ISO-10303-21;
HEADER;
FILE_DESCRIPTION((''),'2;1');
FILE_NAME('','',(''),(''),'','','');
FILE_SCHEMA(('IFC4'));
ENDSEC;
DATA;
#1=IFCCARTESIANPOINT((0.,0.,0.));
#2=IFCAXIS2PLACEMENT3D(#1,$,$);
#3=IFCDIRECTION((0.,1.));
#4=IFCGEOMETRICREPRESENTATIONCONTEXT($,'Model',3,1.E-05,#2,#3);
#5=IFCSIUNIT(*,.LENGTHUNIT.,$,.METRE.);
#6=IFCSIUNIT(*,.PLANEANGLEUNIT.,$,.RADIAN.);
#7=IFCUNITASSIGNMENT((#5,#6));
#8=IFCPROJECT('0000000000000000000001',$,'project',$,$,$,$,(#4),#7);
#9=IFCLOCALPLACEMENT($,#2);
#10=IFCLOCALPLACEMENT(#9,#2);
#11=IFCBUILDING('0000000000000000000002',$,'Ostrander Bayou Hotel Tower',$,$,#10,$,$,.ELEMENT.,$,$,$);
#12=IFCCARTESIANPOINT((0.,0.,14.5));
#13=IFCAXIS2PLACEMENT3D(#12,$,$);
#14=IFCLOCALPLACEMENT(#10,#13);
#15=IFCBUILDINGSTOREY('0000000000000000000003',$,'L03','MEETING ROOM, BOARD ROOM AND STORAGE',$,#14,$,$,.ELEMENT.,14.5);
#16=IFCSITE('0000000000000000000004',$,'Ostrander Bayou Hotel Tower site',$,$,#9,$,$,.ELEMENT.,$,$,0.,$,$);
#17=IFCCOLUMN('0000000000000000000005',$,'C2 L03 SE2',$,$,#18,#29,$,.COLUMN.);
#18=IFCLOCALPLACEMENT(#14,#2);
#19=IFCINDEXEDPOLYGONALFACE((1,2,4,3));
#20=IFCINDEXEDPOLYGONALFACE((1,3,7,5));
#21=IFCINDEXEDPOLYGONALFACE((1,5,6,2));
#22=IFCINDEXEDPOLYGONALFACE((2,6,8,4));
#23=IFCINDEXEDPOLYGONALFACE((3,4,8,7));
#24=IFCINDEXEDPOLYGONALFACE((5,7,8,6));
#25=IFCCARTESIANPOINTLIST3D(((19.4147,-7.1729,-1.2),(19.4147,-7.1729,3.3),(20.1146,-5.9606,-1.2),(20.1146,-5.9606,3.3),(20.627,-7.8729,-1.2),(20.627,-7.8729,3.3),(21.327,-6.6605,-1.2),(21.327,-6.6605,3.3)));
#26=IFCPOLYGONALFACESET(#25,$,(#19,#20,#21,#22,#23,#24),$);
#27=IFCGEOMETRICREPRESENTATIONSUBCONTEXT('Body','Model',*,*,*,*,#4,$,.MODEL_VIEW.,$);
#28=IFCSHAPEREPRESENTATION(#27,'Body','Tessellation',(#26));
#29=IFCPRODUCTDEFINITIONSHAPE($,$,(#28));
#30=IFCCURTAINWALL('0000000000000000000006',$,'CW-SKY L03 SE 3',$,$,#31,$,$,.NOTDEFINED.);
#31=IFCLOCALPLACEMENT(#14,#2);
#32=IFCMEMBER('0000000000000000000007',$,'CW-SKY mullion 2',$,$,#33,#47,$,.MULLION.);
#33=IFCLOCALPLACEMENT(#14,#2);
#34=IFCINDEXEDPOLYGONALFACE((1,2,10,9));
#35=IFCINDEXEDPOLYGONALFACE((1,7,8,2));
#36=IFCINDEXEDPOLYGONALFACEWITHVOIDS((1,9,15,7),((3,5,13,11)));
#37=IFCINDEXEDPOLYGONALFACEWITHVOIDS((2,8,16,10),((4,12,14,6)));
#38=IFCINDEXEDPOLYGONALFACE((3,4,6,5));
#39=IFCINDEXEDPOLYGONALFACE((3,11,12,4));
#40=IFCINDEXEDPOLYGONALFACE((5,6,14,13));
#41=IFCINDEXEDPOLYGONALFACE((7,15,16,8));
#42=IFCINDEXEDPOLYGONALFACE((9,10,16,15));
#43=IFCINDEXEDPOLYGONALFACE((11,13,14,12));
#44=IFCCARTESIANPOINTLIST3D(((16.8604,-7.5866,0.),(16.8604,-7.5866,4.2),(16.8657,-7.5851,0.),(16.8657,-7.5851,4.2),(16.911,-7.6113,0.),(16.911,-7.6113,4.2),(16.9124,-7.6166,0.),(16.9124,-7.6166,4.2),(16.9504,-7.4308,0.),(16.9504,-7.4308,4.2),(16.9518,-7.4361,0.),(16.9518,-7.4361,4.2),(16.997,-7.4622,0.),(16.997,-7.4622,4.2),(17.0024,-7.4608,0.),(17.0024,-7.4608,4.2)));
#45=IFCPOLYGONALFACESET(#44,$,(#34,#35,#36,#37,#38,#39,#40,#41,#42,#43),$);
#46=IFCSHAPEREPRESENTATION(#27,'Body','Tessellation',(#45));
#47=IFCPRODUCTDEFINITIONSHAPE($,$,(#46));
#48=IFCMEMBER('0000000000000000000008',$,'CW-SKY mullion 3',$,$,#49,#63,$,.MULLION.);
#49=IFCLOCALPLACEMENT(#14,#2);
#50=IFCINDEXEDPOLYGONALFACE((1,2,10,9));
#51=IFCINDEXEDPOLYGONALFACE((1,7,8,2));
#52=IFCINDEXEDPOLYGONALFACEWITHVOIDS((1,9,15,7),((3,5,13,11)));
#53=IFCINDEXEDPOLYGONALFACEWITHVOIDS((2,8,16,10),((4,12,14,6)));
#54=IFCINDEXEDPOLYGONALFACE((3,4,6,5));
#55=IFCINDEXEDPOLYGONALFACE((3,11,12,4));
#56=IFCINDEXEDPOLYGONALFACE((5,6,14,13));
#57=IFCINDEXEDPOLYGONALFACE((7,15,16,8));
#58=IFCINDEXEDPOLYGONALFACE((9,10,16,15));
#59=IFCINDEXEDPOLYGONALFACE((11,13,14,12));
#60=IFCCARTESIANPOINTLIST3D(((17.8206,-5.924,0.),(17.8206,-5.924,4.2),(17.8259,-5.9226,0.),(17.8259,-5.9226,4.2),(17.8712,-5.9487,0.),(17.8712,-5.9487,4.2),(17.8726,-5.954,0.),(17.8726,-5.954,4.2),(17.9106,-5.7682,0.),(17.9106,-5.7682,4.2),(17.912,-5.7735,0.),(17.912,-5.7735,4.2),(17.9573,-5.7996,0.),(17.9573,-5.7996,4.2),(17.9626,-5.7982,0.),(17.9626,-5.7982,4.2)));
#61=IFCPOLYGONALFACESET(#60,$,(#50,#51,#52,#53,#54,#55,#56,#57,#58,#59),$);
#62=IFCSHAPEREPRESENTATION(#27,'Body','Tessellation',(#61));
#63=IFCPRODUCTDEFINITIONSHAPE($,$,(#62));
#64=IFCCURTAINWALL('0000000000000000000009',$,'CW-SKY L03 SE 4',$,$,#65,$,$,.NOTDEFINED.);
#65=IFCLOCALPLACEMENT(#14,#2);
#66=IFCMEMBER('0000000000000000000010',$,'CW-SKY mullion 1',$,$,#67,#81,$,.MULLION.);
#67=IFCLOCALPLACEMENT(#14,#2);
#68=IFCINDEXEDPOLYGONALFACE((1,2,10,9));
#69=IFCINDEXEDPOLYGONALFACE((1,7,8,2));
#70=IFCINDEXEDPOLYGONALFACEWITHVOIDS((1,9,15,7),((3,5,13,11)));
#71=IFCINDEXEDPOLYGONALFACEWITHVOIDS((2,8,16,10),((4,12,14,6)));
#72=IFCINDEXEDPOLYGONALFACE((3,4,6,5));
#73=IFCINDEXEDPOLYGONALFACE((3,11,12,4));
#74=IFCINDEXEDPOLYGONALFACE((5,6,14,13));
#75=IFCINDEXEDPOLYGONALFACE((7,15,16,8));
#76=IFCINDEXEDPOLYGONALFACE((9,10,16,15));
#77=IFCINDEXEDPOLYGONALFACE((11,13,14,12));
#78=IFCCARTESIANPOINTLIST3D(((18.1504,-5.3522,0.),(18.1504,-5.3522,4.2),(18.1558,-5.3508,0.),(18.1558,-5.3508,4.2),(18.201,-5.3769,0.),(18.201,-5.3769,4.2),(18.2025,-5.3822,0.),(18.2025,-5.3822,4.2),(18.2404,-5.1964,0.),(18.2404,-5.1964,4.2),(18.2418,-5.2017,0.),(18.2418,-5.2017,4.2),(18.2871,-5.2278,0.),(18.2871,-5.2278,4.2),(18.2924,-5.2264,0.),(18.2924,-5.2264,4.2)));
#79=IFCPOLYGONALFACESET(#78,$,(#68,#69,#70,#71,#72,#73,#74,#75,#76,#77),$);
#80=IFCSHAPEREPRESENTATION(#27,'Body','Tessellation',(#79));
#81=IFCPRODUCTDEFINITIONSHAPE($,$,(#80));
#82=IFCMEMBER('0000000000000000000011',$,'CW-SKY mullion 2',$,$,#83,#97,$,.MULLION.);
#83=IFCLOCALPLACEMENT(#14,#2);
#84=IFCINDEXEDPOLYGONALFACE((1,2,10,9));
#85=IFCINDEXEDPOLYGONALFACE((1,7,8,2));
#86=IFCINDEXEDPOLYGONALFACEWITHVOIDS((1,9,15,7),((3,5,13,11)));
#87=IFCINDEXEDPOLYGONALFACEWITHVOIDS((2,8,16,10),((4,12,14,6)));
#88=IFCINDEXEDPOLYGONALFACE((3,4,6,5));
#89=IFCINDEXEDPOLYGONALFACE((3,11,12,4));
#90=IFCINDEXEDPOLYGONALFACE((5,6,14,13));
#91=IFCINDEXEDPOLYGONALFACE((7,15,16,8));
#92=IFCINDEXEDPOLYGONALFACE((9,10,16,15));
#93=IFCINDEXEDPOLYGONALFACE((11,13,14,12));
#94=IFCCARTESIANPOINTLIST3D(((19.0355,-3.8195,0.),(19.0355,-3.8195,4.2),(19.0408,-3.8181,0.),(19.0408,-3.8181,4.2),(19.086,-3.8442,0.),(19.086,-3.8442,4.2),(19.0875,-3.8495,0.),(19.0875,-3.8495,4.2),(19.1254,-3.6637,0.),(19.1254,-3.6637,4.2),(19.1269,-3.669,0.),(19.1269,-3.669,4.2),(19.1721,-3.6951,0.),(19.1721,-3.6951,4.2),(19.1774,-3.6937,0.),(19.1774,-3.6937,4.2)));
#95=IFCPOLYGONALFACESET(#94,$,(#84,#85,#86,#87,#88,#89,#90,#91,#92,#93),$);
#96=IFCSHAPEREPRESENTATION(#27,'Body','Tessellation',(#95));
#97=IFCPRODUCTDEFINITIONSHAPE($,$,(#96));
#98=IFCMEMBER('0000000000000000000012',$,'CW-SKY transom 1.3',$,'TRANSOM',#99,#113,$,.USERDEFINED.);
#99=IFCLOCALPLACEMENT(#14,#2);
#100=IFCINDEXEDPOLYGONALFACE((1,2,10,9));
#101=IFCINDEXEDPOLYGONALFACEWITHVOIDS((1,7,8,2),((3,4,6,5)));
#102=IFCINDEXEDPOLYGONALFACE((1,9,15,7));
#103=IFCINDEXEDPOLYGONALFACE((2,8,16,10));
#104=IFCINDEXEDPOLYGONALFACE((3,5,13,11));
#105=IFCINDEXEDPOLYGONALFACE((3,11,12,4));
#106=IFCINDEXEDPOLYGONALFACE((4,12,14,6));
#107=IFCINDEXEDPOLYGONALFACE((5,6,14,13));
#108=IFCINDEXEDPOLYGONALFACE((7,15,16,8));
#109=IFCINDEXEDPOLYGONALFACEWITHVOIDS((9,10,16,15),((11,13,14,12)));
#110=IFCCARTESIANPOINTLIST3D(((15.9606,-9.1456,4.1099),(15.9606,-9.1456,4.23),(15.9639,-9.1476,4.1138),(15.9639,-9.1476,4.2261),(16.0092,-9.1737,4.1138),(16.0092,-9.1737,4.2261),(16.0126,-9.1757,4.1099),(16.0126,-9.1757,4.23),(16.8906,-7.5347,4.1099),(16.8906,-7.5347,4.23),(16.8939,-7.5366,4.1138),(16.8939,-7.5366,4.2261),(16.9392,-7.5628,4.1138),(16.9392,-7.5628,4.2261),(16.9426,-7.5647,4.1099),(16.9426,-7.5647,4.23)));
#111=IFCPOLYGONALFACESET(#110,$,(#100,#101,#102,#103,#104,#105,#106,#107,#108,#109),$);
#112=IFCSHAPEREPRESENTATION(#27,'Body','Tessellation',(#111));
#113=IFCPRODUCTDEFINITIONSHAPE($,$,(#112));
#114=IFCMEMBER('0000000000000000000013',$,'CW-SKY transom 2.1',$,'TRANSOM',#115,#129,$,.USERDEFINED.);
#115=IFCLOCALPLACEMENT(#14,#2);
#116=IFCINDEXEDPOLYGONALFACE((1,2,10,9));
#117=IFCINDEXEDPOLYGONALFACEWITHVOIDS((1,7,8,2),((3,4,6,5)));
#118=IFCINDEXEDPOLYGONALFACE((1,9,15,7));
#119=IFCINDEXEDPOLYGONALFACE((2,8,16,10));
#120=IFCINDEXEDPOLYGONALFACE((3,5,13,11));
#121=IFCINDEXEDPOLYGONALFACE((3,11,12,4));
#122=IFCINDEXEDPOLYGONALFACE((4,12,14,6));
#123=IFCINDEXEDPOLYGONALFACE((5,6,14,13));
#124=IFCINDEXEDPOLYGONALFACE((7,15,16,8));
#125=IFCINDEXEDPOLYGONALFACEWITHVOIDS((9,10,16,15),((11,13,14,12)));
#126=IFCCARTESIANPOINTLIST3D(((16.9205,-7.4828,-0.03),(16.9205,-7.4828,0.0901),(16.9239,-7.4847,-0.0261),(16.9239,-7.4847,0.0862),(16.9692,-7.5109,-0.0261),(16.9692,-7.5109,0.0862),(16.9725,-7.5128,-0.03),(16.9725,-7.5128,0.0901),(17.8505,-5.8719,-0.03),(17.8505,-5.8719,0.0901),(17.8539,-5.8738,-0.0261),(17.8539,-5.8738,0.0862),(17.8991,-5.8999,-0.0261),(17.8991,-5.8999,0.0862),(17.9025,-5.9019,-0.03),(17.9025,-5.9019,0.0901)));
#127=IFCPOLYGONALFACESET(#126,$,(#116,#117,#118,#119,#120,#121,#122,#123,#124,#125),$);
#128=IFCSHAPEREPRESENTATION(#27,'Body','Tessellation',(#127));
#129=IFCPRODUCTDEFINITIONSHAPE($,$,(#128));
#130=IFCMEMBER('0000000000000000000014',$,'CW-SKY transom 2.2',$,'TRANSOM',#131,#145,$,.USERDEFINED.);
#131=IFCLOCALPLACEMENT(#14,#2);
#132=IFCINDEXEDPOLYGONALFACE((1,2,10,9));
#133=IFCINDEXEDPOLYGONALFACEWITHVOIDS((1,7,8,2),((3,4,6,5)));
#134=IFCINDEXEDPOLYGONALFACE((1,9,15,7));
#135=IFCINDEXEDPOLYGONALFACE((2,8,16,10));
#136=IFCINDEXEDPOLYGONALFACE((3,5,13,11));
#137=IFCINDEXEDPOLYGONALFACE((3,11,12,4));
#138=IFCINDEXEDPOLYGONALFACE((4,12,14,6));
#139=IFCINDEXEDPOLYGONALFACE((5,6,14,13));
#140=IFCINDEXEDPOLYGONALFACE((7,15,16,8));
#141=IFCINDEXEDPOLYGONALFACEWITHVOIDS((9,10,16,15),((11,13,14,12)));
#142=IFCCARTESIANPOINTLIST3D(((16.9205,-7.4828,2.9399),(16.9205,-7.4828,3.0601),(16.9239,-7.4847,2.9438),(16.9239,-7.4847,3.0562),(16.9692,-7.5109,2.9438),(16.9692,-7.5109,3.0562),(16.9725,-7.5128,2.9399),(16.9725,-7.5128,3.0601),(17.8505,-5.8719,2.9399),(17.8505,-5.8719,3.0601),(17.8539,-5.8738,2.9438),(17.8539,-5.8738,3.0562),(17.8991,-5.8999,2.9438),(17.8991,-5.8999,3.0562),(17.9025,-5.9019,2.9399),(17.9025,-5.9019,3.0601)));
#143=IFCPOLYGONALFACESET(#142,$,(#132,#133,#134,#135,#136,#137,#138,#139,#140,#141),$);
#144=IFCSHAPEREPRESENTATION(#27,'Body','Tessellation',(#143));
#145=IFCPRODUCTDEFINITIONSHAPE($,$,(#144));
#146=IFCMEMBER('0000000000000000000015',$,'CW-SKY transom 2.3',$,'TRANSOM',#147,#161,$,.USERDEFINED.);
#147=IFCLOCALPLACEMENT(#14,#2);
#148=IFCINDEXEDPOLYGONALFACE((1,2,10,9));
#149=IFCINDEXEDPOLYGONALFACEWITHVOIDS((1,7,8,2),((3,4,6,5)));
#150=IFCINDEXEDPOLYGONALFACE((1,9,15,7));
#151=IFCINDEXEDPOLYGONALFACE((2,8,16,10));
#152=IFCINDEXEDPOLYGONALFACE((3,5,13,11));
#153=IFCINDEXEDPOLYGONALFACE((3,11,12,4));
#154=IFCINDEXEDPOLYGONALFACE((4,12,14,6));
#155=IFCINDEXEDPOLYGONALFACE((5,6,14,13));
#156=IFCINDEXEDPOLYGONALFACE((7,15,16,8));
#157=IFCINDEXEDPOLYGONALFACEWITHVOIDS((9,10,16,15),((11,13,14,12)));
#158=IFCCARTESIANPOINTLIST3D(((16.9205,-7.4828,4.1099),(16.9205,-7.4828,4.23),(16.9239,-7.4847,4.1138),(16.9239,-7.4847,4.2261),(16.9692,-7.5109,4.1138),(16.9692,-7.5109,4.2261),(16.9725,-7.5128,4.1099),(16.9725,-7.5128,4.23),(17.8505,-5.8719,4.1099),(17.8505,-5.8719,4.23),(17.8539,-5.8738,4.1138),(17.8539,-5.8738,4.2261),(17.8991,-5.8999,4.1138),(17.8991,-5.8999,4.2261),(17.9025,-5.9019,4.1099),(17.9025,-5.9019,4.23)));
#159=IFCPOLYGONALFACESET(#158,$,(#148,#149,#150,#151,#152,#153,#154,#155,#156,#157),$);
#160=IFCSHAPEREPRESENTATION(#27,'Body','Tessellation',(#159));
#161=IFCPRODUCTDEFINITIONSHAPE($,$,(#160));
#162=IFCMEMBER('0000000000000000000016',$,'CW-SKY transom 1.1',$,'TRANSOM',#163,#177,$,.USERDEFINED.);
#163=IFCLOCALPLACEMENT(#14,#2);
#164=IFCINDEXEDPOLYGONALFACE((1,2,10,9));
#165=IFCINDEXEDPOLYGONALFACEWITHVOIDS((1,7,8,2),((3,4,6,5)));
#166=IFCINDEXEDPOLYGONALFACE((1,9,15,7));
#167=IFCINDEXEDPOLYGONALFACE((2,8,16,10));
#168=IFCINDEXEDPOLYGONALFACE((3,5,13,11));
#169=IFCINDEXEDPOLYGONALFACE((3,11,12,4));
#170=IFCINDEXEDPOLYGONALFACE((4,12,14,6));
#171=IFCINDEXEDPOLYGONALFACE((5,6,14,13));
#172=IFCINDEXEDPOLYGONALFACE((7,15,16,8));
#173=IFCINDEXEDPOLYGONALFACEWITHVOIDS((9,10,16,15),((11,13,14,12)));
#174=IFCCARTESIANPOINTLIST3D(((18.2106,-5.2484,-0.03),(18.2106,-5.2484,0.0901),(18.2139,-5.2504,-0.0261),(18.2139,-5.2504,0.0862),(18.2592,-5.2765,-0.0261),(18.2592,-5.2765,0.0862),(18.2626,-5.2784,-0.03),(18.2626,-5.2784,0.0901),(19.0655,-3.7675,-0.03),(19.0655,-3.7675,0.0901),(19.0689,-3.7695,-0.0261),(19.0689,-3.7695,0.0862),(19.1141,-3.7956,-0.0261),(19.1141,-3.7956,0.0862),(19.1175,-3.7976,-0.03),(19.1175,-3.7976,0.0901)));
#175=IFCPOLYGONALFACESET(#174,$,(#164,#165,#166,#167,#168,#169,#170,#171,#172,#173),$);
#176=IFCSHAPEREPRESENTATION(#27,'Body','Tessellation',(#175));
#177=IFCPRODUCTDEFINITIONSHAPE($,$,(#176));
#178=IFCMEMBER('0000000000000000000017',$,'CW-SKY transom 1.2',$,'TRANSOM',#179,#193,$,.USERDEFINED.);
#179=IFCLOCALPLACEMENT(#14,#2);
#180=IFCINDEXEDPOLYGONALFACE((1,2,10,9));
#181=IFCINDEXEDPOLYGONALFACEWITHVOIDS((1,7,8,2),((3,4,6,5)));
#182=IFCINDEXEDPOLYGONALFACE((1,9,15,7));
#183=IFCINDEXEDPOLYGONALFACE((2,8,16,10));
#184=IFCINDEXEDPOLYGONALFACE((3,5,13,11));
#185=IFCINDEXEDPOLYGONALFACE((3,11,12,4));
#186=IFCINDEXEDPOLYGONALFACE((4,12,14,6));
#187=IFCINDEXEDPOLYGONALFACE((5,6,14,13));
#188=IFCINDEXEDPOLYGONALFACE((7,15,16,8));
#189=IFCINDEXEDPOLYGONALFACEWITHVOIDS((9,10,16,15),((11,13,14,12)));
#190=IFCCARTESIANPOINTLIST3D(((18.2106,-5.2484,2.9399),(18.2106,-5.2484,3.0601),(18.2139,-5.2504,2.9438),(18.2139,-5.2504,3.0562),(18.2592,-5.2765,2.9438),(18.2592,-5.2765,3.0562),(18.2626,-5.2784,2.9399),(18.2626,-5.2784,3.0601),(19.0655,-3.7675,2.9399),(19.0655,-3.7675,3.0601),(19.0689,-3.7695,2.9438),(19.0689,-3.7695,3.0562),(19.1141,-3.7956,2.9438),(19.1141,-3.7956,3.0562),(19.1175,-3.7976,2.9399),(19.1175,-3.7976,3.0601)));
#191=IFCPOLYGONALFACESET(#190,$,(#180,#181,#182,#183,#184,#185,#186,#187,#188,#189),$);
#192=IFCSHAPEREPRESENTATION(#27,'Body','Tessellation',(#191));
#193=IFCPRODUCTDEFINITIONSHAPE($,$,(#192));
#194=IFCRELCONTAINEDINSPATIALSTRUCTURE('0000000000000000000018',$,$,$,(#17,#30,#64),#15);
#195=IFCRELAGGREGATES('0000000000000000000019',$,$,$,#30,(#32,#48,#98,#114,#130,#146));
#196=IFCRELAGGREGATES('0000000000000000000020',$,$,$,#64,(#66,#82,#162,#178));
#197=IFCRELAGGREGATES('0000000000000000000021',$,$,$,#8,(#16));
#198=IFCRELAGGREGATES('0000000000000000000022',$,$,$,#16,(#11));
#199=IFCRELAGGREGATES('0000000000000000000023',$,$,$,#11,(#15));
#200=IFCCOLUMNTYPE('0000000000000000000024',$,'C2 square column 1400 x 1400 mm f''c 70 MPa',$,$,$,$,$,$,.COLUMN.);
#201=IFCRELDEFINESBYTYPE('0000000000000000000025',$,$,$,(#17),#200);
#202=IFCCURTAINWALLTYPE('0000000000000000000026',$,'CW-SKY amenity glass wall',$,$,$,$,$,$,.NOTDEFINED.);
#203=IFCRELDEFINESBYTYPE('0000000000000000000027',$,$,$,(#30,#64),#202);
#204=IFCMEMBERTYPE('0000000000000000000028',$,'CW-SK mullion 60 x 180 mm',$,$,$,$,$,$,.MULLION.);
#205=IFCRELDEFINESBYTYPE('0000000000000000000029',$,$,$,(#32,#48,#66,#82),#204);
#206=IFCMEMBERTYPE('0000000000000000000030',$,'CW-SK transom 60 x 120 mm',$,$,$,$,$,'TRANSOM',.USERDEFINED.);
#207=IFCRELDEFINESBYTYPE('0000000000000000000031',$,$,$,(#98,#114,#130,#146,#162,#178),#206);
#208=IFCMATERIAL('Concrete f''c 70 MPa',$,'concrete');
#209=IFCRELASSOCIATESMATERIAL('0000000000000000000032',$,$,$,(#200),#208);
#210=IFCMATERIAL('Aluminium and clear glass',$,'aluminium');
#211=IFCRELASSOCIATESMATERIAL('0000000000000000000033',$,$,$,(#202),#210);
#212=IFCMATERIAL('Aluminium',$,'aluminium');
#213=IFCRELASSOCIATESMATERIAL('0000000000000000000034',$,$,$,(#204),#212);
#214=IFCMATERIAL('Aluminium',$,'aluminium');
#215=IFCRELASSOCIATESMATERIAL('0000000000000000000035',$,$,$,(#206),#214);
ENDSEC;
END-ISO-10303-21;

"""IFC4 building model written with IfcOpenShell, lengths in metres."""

from ifc_helpers import new_model, si_unit, direction, frame, origin, origin_2d, place, context, subcontext, project, spatial, rectangle, hollow_rectangle, extrude, material, material_profile, profile_set, type_object, element, aggregate, save


model = new_model("IFC4")

# Units and contexts
model_context = context("Model", 3, precision=1e-05, world=origin(), true_north=direction((0.0, 1.0)))
body_context = subcontext(model_context, "Body", "Model", "MODEL_VIEW")
ifc_project = project(units=[si_unit("LENGTHUNIT", "METRE"), si_unit("PLANEANGLEUNIT", "RADIAN")], contexts=[model_context])

# Site, building, storey
site_placement = place(None, origin())
site = spatial("IfcSite", under=ifc_project, at=site_placement, Name="Ostrander Bayou Hotel Tower site", CompositionType="ELEMENT", RefElevation=0.0)
building_placement = place(site_placement, origin())
building = spatial("IfcBuilding", under=site, at=building_placement, Name="Ostrander Bayou Hotel Tower", CompositionType="ELEMENT")
storey_placement = place(building_placement, frame((0.0, 0.0, 14.5)))
storey = spatial("IfcBuildingStorey", under=building, at=storey_placement, Name="L03", Description="MEETING ROOM, BOARD ROOM AND STORAGE", CompositionType="ELEMENT", Elevation=14.5)

# Column
ifc_material_1 = material(Name="Concrete f'c 70 MPa", Category="concrete")
ifc_material_profile_1 = material_profile(ifc_material_1, rectangle(XDim=1.3999, YDim=1.3999, at=origin_2d()))
ifc_profile_set_1 = profile_set([ifc_material_profile_1], Name="Concrete f'c 70 MPa")
column_type = type_object("IfcColumnType", Name="C2 square column 1400 x 1400 mm f'c 70 MPa", PredefinedType="COLUMN", material=ifc_profile_set_1)
column_placement = place(storey_placement, frame((20.3708, -6.9167, -1.2), z_axis=(0.0, 0.0, 1.0), x_axis=(-0.5, -0.866025, 0.0)))
element("IfcColumn", 1, at=column_placement, inside=storey, type_object=column_type, Name="C2 L03 SE2", PredefinedType="COLUMN", context=body_context, shape_type="SweptSolid", body=[
    extrude(rectangle(XDim=1.3999, YDim=1.3999, at=origin_2d()), origin(), (0.0, 0.0, 1.0), 4.5),
])

# Curtain walls, members
ifc_material_2 = material(Name="Aluminium and clear glass", Category="aluminium")
curtain_wall_type = type_object("IfcCurtainWallType", Name="CW-SKY amenity glass wall", PredefinedType="NOTDEFINED", material=ifc_material_2)
curtain_wall_1_placement = place(storey_placement, origin())
curtain_wall_1 = element("IfcCurtainWall", 2, at=curtain_wall_1_placement, inside=storey, type_object=curtain_wall_type, Name="CW-SKY L03 SE 3", PredefinedType="NOTDEFINED")
ifc_material_3 = material(Name="Aluminium", Category="aluminium")
ifc_material_profile_2 = material_profile(ifc_material_3, hollow_rectangle(XDim=0.0601, YDim=0.1799, WallThickness=0.0039, at=origin_2d()))
ifc_profile_set_2 = profile_set([ifc_material_profile_2], Name="Aluminium")
member_type_1 = type_object("IfcMemberType", Name="CW-SK mullion 60 x 180 mm", PredefinedType="MULLION", material=ifc_profile_set_2)
member_1_placement = place(storey_placement, frame((16.9314, -7.5237, 0.0), z_axis=(0.0, 0.0, 1.0), x_axis=(-0.866025, 0.5, 0.0)))
member_1 = element("IfcMember", 3, at=member_1_placement, type_object=member_type_1, Name="CW-SKY mullion 2", PredefinedType="MULLION", context=body_context, shape_type="SweptSolid", body=[
    extrude(hollow_rectangle(XDim=0.0601, YDim=0.1799, WallThickness=0.0039, at=origin_2d()), origin(), (0.0, 0.0, 1.0), 4.2),
])
member_2_placement = place(storey_placement, frame((17.8916, -5.8611, 0.0), z_axis=(0.0, 0.0, 1.0), x_axis=(-0.866025, 0.5, 0.0)))
member_2 = element("IfcMember", 4, at=member_2_placement, type_object=member_type_1, Name="CW-SKY mullion 3", PredefinedType="MULLION", context=body_context, shape_type="SweptSolid", body=[
    extrude(hollow_rectangle(XDim=0.0601, YDim=0.1799, WallThickness=0.0039, at=origin_2d()), origin(), (0.0, 0.0, 1.0), 4.2),
])
curtain_wall_2_placement = place(storey_placement, origin())
curtain_wall_2 = element("IfcCurtainWall", 5, at=curtain_wall_2_placement, inside=storey, type_object=curtain_wall_type, Name="CW-SKY L03 SE 4", PredefinedType="NOTDEFINED")
member_3_placement = place(storey_placement, frame((18.2214, -5.2893, 0.0), z_axis=(0.0, 0.0, 1.0), x_axis=(-0.866026, 0.499999, 0.0)))
member_3 = element("IfcMember", 6, at=member_3_placement, type_object=member_type_1, Name="CW-SKY mullion 1", PredefinedType="MULLION", context=body_context, shape_type="SweptSolid", body=[
    extrude(hollow_rectangle(XDim=0.0601, YDim=0.1799, WallThickness=0.0039, at=origin_2d()), origin(), (0.0, 0.0, 1.0), 4.2),
])
member_4_placement = place(storey_placement, frame((19.1064, -3.7566, 0.0), z_axis=(0.0, 0.0, 1.0), x_axis=(-0.866026, 0.499999, 0.0)))
member_4 = element("IfcMember", 7, at=member_4_placement, type_object=member_type_1, Name="CW-SKY mullion 2", PredefinedType="MULLION", context=body_context, shape_type="SweptSolid", body=[
    extrude(hollow_rectangle(XDim=0.0601, YDim=0.1799, WallThickness=0.0039, at=origin_2d()), origin(), (0.0, 0.0, 1.0), 4.2),
])

# Members
ifc_material_4 = material(Name="Aluminium", Category="aluminium")
ifc_material_profile_3 = material_profile(ifc_material_4, hollow_rectangle(XDim=0.0601, YDim=0.1201, WallThickness=0.0039, at=origin_2d()))
ifc_profile_set_3 = profile_set([ifc_material_profile_3], Name="Aluminium")
member_type_2 = type_object("IfcMemberType", Name="CW-SK transom 60 x 120 mm", ElementType="TRANSOM", PredefinedType="USERDEFINED", material=ifc_profile_set_3)
member_5_placement = place(storey_placement, frame((15.9866, -9.1606, 4.1699), z_axis=(0.499965, 0.866046, 0.0), x_axis=(-0.866046, 0.499965, 0.0)))
member_5 = element("IfcMember", 8, at=member_5_placement, type_object=member_type_2, Name="CW-SKY transom 1.3", ObjectType="TRANSOM", PredefinedType="USERDEFINED", context=body_context, shape_type="SweptSolid", body=[
    extrude(hollow_rectangle(XDim=0.0601, YDim=0.1201, WallThickness=0.0039, at=origin_2d()), origin(), (0.0, 0.0, 1.0), 1.8601),
])
member_6_placement = place(storey_placement, frame((16.9465, -7.4978, 0.03), z_axis=(0.499965, 0.866046, 0.0), x_axis=(-0.866046, 0.499965, 0.0)))
member_6 = element("IfcMember", 9, at=member_6_placement, type_object=member_type_2, Name="CW-SKY transom 2.1", ObjectType="TRANSOM", PredefinedType="USERDEFINED", context=body_context, shape_type="SweptSolid", body=[
    extrude(hollow_rectangle(XDim=0.0601, YDim=0.1201, WallThickness=0.0039, at=origin_2d()), origin(), (0.0, 0.0, 1.0), 1.8601),
])
member_7_placement = place(storey_placement, frame((16.9465, -7.4978, 3.0), z_axis=(0.499965, 0.866046, 0.0), x_axis=(-0.866046, 0.499965, 0.0)))
member_7 = element("IfcMember", 10, at=member_7_placement, type_object=member_type_2, Name="CW-SKY transom 2.2", ObjectType="TRANSOM", PredefinedType="USERDEFINED", context=body_context, shape_type="SweptSolid", body=[
    extrude(hollow_rectangle(XDim=0.0601, YDim=0.1201, WallThickness=0.0039, at=origin_2d()), origin(), (0.0, 0.0, 1.0), 1.8601),
])
member_8_placement = place(storey_placement, frame((16.9465, -7.4978, 4.1699), z_axis=(0.499965, 0.866046, 0.0), x_axis=(-0.866046, 0.499965, 0.0)))
member_8 = element("IfcMember", 11, at=member_8_placement, type_object=member_type_2, Name="CW-SKY transom 2.3", ObjectType="TRANSOM", PredefinedType="USERDEFINED", context=body_context, shape_type="SweptSolid", body=[
    extrude(hollow_rectangle(XDim=0.0601, YDim=0.1201, WallThickness=0.0039, at=origin_2d()), origin(), (0.0, 0.0, 1.0), 1.8601),
])
member_9_placement = place(storey_placement, frame((18.2366, -5.2634, 0.03), z_axis=(0.499978, 0.866038, 0.0), x_axis=(-0.866038, 0.499978, 0.0)))
member_9 = element("IfcMember", 12, at=member_9_placement, type_object=member_type_2, Name="CW-SKY transom 1.1", ObjectType="TRANSOM", PredefinedType="USERDEFINED", context=body_context, shape_type="SweptSolid", body=[
    extrude(hollow_rectangle(XDim=0.0601, YDim=0.1201, WallThickness=0.0039, at=origin_2d()), origin(), (0.0, 0.0, 1.0), 1.71),
])
member_10_placement = place(storey_placement, frame((18.2366, -5.2634, 3.0), z_axis=(0.499978, 0.866038, 0.0), x_axis=(-0.866038, 0.499978, 0.0)))
member_10 = element("IfcMember", 13, at=member_10_placement, type_object=member_type_2, Name="CW-SKY transom 1.2", ObjectType="TRANSOM", PredefinedType="USERDEFINED", context=body_context, shape_type="SweptSolid", body=[
    extrude(hollow_rectangle(XDim=0.0601, YDim=0.1201, WallThickness=0.0039, at=origin_2d()), origin(), (0.0, 0.0, 1.0), 1.71),
])

aggregate(curtain_wall_1, [member_1, member_2, member_5, member_6, member_7, member_8])
aggregate(curtain_wall_2, [member_3, member_4, member_9, member_10])

save(model, "model.ifc")
